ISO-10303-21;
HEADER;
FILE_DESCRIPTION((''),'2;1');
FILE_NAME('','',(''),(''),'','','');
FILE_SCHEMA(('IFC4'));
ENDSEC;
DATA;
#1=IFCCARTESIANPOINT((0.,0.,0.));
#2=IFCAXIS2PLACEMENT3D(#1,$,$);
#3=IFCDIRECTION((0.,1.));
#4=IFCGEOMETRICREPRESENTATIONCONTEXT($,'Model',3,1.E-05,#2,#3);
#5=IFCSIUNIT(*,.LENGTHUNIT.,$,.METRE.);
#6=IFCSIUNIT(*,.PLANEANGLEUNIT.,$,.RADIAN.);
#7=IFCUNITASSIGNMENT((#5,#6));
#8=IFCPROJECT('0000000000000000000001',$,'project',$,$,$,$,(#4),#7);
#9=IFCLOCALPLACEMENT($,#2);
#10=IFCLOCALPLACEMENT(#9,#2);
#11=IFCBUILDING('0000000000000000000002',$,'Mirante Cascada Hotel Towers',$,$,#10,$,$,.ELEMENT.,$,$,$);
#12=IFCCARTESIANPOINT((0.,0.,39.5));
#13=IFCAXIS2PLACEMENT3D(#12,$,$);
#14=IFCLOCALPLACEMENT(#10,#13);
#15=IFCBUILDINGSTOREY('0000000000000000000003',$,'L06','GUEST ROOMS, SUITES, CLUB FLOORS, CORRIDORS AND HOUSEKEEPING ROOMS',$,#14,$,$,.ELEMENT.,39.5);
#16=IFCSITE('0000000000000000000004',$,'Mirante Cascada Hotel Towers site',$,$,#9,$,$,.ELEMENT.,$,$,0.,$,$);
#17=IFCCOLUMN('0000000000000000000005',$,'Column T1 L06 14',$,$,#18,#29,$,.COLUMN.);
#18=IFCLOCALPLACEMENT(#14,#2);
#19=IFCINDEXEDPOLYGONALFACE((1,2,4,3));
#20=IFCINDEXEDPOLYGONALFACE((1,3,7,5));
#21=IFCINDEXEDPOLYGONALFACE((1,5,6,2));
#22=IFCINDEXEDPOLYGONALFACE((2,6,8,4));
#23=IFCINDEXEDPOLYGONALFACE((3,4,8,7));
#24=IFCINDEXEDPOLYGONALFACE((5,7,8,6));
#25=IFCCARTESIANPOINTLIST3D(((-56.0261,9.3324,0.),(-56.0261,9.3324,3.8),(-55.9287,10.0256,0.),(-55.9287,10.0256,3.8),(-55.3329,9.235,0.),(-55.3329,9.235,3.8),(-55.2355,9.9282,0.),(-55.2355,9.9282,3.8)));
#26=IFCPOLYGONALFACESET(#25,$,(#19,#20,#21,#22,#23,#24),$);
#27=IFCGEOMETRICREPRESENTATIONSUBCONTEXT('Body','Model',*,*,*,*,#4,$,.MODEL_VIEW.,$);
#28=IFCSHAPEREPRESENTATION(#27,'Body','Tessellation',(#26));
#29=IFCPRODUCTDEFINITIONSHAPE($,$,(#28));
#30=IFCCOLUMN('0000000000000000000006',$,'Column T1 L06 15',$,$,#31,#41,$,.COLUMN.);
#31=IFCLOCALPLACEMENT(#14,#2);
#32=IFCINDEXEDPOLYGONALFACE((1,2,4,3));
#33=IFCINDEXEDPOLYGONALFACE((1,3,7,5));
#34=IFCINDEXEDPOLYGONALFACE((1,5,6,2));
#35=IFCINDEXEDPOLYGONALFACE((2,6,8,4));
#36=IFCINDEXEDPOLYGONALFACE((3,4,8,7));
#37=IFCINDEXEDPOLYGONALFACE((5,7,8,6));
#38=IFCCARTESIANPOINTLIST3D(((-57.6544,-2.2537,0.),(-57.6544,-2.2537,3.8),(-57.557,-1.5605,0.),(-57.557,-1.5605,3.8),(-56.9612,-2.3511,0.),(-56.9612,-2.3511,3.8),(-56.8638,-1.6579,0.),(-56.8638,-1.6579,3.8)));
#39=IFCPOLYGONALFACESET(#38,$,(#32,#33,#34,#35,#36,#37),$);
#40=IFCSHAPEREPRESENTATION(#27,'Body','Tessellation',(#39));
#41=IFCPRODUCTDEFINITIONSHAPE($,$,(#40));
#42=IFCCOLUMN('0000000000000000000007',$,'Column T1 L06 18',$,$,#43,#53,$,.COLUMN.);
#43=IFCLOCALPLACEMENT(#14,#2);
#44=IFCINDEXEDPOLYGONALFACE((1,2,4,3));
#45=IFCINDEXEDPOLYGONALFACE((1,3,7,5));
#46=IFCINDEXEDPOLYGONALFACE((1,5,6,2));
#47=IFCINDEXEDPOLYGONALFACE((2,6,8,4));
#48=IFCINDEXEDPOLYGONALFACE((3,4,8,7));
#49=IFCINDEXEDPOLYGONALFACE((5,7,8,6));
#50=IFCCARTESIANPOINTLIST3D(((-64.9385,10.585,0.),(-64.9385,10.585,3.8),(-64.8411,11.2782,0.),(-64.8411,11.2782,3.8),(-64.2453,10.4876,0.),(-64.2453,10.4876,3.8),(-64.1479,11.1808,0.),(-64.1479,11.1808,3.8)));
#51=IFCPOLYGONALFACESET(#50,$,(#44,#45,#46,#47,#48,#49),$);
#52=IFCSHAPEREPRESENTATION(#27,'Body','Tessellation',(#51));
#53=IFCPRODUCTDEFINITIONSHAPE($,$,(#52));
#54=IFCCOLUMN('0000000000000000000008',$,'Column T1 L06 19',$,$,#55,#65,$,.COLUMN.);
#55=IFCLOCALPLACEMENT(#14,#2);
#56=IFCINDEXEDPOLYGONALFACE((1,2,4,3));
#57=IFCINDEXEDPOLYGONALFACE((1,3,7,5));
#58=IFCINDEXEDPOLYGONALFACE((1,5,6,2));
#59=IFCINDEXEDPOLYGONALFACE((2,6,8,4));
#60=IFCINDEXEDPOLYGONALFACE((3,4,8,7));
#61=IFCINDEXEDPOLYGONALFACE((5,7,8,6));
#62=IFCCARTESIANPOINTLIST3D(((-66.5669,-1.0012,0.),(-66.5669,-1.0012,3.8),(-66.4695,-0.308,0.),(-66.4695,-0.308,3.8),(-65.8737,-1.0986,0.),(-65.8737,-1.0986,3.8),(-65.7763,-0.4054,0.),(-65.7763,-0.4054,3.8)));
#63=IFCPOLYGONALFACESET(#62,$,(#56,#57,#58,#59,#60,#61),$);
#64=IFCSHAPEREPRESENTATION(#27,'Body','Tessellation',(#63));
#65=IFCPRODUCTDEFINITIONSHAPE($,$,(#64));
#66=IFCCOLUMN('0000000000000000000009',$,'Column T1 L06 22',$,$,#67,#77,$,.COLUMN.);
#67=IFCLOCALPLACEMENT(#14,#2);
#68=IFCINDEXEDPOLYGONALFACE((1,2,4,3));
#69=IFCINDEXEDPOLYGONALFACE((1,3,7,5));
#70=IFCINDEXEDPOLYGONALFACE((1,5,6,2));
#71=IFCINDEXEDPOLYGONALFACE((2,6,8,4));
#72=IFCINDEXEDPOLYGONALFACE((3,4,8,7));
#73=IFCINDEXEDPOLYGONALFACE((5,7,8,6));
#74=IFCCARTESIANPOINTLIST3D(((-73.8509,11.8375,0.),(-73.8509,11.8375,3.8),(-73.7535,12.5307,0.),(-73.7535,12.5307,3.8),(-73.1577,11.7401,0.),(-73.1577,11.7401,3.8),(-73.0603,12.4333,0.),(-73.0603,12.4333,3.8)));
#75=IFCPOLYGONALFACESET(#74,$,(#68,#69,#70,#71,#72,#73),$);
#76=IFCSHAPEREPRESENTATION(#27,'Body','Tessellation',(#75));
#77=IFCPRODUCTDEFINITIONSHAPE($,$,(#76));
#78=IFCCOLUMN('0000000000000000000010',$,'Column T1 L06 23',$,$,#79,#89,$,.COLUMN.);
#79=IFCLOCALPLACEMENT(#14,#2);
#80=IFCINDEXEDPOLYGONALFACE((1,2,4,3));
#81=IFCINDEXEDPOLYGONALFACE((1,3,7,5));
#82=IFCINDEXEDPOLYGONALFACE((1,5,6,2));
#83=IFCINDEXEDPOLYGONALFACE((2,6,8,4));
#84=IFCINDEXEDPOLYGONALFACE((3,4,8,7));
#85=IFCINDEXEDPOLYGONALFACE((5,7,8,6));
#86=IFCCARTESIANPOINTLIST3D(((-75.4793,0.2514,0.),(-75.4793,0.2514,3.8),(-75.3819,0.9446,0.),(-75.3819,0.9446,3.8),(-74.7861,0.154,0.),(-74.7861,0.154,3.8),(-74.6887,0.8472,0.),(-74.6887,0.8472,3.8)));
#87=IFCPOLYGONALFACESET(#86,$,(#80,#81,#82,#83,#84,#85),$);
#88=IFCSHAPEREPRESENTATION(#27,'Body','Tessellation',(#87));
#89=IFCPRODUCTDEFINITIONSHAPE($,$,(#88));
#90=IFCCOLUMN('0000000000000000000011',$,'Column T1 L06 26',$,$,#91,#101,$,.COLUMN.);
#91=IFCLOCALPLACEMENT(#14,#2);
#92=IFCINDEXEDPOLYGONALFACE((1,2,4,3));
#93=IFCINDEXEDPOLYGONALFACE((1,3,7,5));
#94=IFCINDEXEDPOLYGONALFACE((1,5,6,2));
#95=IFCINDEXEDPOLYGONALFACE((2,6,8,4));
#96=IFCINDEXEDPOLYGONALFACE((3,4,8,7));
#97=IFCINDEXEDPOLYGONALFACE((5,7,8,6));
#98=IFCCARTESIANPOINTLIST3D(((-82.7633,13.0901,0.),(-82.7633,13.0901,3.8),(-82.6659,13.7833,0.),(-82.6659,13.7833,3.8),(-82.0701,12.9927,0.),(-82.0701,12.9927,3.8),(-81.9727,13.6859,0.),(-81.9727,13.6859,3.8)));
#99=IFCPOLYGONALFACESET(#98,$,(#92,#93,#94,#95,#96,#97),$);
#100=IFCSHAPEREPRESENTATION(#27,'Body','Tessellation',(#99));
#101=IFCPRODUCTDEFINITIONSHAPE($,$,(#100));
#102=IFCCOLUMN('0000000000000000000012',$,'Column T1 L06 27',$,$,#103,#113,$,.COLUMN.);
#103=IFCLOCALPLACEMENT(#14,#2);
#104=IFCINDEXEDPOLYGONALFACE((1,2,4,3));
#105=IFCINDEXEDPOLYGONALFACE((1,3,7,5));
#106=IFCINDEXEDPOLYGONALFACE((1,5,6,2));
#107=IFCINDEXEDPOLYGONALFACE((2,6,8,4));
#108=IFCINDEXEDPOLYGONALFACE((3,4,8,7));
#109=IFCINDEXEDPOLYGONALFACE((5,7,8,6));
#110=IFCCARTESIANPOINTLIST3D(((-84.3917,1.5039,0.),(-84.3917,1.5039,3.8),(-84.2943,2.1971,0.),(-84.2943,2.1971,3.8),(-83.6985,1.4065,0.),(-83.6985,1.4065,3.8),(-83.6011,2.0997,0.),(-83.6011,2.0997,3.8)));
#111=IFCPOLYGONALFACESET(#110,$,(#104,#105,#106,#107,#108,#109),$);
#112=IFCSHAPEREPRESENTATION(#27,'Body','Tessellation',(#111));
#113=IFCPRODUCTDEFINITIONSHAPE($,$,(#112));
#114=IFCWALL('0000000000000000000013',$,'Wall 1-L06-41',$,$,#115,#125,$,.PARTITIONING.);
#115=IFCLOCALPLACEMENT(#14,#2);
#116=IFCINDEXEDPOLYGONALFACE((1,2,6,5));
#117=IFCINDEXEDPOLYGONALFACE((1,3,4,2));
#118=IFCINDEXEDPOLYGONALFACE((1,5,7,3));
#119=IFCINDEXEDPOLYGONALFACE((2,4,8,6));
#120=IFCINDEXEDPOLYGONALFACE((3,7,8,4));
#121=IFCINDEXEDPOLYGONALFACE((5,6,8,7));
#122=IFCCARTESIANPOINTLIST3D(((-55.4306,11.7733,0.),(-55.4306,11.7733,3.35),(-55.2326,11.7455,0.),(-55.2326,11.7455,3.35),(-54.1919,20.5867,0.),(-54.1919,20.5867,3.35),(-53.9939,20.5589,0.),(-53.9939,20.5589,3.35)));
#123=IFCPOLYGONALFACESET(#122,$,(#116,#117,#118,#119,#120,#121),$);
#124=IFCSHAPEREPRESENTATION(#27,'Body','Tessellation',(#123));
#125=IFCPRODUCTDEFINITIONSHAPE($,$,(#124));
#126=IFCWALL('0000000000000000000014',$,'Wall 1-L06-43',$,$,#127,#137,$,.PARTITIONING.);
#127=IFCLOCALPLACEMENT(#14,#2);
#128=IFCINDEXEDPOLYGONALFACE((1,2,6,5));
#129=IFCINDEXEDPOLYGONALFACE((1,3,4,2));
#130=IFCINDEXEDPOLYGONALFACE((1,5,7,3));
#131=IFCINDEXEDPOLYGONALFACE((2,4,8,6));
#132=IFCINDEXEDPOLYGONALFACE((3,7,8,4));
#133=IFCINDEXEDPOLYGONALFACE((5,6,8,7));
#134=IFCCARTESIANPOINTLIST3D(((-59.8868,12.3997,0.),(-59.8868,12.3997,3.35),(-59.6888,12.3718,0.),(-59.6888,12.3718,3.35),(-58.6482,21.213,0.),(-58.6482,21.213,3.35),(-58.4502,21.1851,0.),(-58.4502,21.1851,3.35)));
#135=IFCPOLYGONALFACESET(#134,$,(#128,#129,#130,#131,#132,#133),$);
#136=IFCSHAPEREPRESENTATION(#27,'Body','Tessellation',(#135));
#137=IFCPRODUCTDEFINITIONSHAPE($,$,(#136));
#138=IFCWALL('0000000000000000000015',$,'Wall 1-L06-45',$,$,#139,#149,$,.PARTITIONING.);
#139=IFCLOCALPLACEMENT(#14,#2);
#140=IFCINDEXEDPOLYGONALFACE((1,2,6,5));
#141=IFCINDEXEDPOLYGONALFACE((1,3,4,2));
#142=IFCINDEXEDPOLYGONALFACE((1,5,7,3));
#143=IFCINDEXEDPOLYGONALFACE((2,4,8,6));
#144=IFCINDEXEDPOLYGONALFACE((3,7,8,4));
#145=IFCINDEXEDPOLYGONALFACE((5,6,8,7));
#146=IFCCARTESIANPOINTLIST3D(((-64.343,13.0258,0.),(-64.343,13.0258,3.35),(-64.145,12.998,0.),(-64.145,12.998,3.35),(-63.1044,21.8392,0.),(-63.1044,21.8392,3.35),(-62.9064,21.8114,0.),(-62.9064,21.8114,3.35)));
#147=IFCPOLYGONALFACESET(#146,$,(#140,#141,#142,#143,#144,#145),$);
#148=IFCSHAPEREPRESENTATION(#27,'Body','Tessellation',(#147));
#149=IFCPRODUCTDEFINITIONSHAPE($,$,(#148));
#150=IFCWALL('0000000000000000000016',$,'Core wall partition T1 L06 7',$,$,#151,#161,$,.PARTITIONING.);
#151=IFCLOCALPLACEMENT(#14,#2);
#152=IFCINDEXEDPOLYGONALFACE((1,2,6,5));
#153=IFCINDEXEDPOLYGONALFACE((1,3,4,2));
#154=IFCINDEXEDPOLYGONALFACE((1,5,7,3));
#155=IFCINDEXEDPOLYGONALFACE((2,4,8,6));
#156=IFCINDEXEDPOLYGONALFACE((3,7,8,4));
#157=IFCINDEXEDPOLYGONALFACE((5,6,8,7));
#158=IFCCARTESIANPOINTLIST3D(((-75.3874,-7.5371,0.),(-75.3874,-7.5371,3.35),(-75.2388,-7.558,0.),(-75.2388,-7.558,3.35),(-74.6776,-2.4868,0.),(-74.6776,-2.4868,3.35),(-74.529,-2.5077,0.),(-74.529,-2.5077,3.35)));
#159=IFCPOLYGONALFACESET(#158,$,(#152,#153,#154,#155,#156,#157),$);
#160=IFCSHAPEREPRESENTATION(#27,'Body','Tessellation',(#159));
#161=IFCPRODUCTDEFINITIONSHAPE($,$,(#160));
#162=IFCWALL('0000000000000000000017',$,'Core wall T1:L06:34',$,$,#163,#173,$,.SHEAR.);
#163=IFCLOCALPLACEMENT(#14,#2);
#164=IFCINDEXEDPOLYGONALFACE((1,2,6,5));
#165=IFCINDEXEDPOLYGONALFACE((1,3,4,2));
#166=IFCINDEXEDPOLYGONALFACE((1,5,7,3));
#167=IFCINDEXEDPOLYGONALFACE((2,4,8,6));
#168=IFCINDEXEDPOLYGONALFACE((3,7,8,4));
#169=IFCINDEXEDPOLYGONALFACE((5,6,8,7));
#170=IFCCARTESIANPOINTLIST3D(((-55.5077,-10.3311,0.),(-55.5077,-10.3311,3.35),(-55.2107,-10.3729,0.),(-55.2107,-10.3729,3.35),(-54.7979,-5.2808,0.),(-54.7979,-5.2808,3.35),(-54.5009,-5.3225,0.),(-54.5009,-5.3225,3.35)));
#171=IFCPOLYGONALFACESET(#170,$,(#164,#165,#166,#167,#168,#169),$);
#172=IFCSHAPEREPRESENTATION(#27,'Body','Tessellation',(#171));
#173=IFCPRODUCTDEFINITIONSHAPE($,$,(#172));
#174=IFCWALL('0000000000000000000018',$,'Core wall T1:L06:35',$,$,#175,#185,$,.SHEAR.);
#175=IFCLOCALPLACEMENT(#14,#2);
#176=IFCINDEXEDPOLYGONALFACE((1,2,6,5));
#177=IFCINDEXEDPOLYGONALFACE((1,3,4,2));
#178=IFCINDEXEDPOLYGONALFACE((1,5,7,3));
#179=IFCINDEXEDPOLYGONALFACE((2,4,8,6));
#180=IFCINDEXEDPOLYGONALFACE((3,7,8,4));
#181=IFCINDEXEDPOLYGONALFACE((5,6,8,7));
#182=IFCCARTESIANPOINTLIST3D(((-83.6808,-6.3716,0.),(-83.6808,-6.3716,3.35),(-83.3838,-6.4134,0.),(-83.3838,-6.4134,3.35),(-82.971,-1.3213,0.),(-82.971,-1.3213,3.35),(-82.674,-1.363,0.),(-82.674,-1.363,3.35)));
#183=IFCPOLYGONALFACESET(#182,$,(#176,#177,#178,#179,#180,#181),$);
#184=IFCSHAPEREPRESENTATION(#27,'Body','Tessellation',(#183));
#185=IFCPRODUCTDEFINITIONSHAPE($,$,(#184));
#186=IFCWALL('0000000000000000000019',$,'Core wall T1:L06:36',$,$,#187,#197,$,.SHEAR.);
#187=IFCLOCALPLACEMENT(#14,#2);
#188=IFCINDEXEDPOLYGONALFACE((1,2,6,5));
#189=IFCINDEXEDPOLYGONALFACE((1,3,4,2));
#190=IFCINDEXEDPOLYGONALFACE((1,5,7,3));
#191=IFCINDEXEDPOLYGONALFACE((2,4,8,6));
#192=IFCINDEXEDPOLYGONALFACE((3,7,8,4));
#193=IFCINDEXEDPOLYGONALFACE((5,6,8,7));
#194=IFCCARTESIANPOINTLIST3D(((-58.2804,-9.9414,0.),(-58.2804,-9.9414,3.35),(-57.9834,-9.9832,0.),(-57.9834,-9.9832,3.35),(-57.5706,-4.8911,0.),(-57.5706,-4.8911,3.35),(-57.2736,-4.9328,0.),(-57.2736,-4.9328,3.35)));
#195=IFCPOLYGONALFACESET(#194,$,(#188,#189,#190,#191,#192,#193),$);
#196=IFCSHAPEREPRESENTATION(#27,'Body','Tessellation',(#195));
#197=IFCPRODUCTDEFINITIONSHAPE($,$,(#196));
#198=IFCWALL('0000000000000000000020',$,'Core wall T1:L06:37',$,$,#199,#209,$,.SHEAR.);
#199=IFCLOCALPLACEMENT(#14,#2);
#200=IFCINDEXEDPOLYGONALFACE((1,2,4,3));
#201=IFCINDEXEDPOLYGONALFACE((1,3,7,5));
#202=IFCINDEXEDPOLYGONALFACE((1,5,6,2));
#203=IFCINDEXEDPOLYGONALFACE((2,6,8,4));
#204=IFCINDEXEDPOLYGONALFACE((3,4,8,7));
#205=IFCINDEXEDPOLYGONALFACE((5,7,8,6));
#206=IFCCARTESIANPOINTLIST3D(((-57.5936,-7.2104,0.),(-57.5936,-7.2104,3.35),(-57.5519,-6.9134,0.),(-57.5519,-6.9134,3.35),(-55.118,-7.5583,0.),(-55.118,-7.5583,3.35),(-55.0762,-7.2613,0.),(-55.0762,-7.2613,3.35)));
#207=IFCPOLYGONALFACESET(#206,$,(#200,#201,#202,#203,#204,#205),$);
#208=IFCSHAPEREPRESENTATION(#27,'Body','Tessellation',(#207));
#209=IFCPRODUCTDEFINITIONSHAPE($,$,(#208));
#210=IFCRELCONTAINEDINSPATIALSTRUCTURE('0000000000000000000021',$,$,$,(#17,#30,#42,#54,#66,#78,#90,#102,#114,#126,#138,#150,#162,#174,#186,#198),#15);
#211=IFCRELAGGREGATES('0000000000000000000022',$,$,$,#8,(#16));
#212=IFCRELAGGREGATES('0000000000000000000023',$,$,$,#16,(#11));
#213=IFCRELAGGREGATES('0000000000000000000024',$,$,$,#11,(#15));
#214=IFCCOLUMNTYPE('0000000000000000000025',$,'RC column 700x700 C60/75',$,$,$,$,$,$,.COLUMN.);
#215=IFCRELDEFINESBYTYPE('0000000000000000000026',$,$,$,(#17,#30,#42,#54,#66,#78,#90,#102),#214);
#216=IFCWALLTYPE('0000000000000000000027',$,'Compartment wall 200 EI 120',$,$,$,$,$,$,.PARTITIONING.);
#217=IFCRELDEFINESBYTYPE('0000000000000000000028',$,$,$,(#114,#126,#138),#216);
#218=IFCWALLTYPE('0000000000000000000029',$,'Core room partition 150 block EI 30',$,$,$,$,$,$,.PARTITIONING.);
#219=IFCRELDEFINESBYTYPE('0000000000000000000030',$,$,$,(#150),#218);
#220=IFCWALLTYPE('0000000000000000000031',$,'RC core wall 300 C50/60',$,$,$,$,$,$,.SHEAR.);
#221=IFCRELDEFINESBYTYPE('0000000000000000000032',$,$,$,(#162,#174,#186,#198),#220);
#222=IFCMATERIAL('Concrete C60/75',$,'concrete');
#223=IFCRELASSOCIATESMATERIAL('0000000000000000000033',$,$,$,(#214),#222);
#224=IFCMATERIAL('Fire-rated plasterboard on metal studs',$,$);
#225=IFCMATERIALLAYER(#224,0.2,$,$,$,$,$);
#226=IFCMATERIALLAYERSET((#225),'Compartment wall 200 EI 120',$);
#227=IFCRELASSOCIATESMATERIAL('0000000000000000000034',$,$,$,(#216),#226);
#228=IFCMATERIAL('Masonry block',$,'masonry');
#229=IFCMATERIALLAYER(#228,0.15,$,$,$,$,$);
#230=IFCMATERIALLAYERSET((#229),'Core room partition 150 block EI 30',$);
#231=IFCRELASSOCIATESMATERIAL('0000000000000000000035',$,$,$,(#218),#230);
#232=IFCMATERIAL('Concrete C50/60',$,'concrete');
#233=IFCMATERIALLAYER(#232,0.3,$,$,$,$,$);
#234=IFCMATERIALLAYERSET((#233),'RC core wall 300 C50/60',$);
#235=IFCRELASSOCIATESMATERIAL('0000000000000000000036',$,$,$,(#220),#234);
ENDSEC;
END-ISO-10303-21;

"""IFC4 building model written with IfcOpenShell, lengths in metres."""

from ifc_helpers import new_model, si_unit, direction, frame, frame_2d, origin, origin_2d, place, context, subcontext, project, spatial, rectangle, extrude, material, layer, layer_set, material_profile, profile_set, type_object, element, save


model = new_model("IFC4")

# Units and contexts
model_context = context("Model", 3, precision=1e-05, world=origin(), true_north=direction((0.0, 1.0)))
body_context = subcontext(model_context, "Body", "Model", "MODEL_VIEW")
ifc_project = project(units=[si_unit("LENGTHUNIT", "METRE"), si_unit("PLANEANGLEUNIT", "RADIAN")], contexts=[model_context])

# Site, building, storey
site_placement = place(None, origin())
site = spatial("IfcSite", under=ifc_project, at=site_placement, Name="Mirante Cascada Hotel Towers site", CompositionType="ELEMENT", RefElevation=0.0)
building_placement = place(site_placement, origin())
building = spatial("IfcBuilding", under=site, at=building_placement, Name="Mirante Cascada Hotel Towers", CompositionType="ELEMENT")
storey_placement = place(building_placement, frame((0.0, 0.0, 39.5)))
storey = spatial("IfcBuildingStorey", under=building, at=storey_placement, Name="L06", Description="GUEST ROOMS, SUITES, CLUB FLOORS, CORRIDORS AND HOUSEKEEPING ROOMS", CompositionType="ELEMENT", Elevation=39.5)

# Columns
ifc_material_1 = material(Name="Concrete C60/75", Category="concrete")
ifc_material_profile = material_profile(ifc_material_1, rectangle(XDim=0.7, YDim=0.7, at=origin_2d()), Name="RC column 700x700 C60/75")
ifc_profile_set = profile_set([ifc_material_profile], Name="Concrete C60/75")
column_type = type_object("IfcColumnType", Name="RC column 700x700 C60/75", PredefinedType="COLUMN", material=ifc_profile_set)
for number, where, z_axis, x_axis, name in (
    (1, (-55.6308, 9.6303, 0.0), (0.0, 0.0, 1.0), (-0.990268, 0.139173, 0.0), "Column T1 L06 14"),
    (2, (-57.2591, -1.9558, 0.0), (0.0, 0.0, 1.0), (-0.990268, 0.139173, 0.0), "Column T1 L06 15"),
    (3, (-64.5432, 10.8829, 0.0), (0.0, 0.0, 1.0), (-0.990268, 0.139173, 0.0), "Column T1 L06 18"),
    (4, (-66.1716, -0.7033, 0.0), (0.0, 0.0, 1.0), (-0.990268, 0.139173, 0.0), "Column T1 L06 19"),
    (5, (-73.4556, 12.1354, 0.0), (0.0, 0.0, 1.0), (-0.990268, 0.139173, 0.0), "Column T1 L06 22"),
    (6, (-75.084, 0.5493, 0.0), (0.0, 0.0, 1.0), (-0.990268, 0.139173, 0.0), "Column T1 L06 23"),
    (7, (-82.368, 13.388, 0.0), (0.0, 0.0, 1.0), (-0.990268, 0.139173, 0.0), "Column T1 L06 26"),
    (8, (-83.9964, 1.8018, 0.0), (0.0, 0.0, 1.0), (-0.990268, 0.139173, 0.0), "Column T1 L06 27"),
):
    element("IfcColumn", number, at=place(storey_placement, frame(where, z_axis=z_axis, x_axis=x_axis)), inside=storey, type_object=column_type, Name=name, PredefinedType="COLUMN", context=body_context, shape_type="SweptSolid", body=[
        extrude(rectangle(XDim=0.7, YDim=0.7, at=origin_2d()), origin(), (0.0, 0.0, 1.0), 3.8),
    ])

# Walls
ifc_material_2 = material(Name="Fire-rated plasterboard on metal studs")
ifc_layer_1 = layer(ifc_material_2, 0.2)
ifc_layer_set_1 = layer_set([ifc_layer_1], Name="Compartment wall 200 EI 120")
wall_type_1 = type_object("IfcWallType", Name="Compartment wall 200 EI 120", PredefinedType="PARTITIONING", material=ifc_layer_set_1)
wall_1_placement = place(storey_placement, frame((-55.3316, 11.7594, 0.0), z_axis=(0.0, 0.0, 1.0), x_axis=(0.139179, 0.990267, 0.0)))
element("IfcWall", 9, at=wall_1_placement, inside=storey, type_object=wall_type_1, Name="Wall 1-L06-41", PredefinedType="PARTITIONING", context=body_context, shape_type="SweptSolid", body=[
    extrude(rectangle(XDim=8.9, YDim=0.2, at=frame_2d((4.45, 0.0))), origin(), (0.0, 0.0, 1.0), 3.35),
])
wall_2_placement = place(storey_placement, frame((-59.7878, 12.3857, 0.0), z_axis=(0.0, 0.0, 1.0), x_axis=(0.13917, 0.990268, 0.0)))
element("IfcWall", 10, at=wall_2_placement, inside=storey, type_object=wall_type_1, Name="Wall 1-L06-43", PredefinedType="PARTITIONING", context=body_context, shape_type="SweptSolid", body=[
    extrude(rectangle(XDim=8.8999, YDim=0.2, at=frame_2d((4.45, 0.0))), origin(), (0.0, 0.0, 1.0), 3.35),
])
wall_3_placement = place(storey_placement, frame((-64.244, 13.0119, 0.0), z_axis=(0.0, 0.0, 1.0), x_axis=(0.139168, 0.990269, 0.0)))
element("IfcWall", 11, at=wall_3_placement, inside=storey, type_object=wall_type_1, Name="Wall 1-L06-45", PredefinedType="PARTITIONING", context=body_context, shape_type="SweptSolid", body=[
    extrude(rectangle(XDim=8.9, YDim=0.2, at=frame_2d((4.45, 0.0))), origin(), (0.0, 0.0, 1.0), 3.35),
])
ifc_material_3 = material(Name="Masonry block", Category="masonry")
ifc_layer_2 = layer(ifc_material_3, 0.15)
ifc_layer_set_2 = layer_set([ifc_layer_2], Name="Core room partition 150 block EI 30")
wall_type_2 = type_object("IfcWallType", Name="Core room partition 150 block EI 30", PredefinedType="PARTITIONING", material=ifc_layer_set_2)
wall_4_placement = place(storey_placement, frame((-75.3131, -7.5476, 0.0), z_axis=(0.0, 0.0, 1.0), x_axis=(0.139178, 0.990267, 0.0)))
element("IfcWall", 12, at=wall_4_placement, inside=storey, type_object=wall_type_2, Name="Core wall partition T1 L06 7", PredefinedType="PARTITIONING", context=body_context, shape_type="SweptSolid", body=[
    extrude(rectangle(XDim=5.0999, YDim=0.15, at=frame_2d((2.55, 0.0))), origin(), (0.0, 0.0, 1.0), 3.35),
])
ifc_material_4 = material(Name="Concrete C50/60", Category="concrete")
ifc_layer_3 = layer(ifc_material_4, 0.3)
ifc_layer_set_3 = layer_set([ifc_layer_3], Name="RC core wall 300 C50/60")
wall_type_3 = type_object("IfcWallType", Name="RC core wall 300 C50/60", PredefinedType="SHEAR", material=ifc_layer_set_3)
for number, where, z_axis, x_axis, name in (
    (13, (-55.3592, -10.352, 0.0), (0.0, 0.0, 1.0), (0.139176, 0.990268, 0.0), "Core wall T1:L06:34"),
    (14, (-83.5323, -6.3925, 0.0), (0.0, 0.0, 1.0), (0.139176, 0.990268, 0.0), "Core wall T1:L06:35"),
    (15, (-58.1319, -9.9623, 0.0), (0.0, 0.0, 1.0), (0.139176, 0.990268, 0.0), "Core wall T1:L06:36"),
):
    element("IfcWall", number, at=place(storey_placement, frame(where, z_axis=z_axis, x_axis=x_axis)), inside=storey, type_object=wall_type_3, Name=name, PredefinedType="SHEAR", context=body_context, shape_type="SweptSolid", body=[
        extrude(rectangle(XDim=5.1, YDim=0.3, at=frame_2d((2.55, 0.0))), origin(), (0.0, 0.0, 1.0), 3.35),
    ])
wall_5_placement = place(storey_placement, frame((-55.0971, -7.4098, 0.0), z_axis=(0.0, 0.0, 1.0), x_axis=(-0.99027, 0.139159, 0.0)))
element("IfcWall", 16, at=wall_5_placement, inside=storey, type_object=wall_type_3, Name="Core wall T1:L06:37", PredefinedType="SHEAR", context=body_context, shape_type="SweptSolid", body=[
    extrude(rectangle(XDim=2.5, YDim=0.3, at=frame_2d((1.25, 0.0))), origin(), (0.0, 0.0, 1.0), 3.35),
])

save(model, "model.ifc")
